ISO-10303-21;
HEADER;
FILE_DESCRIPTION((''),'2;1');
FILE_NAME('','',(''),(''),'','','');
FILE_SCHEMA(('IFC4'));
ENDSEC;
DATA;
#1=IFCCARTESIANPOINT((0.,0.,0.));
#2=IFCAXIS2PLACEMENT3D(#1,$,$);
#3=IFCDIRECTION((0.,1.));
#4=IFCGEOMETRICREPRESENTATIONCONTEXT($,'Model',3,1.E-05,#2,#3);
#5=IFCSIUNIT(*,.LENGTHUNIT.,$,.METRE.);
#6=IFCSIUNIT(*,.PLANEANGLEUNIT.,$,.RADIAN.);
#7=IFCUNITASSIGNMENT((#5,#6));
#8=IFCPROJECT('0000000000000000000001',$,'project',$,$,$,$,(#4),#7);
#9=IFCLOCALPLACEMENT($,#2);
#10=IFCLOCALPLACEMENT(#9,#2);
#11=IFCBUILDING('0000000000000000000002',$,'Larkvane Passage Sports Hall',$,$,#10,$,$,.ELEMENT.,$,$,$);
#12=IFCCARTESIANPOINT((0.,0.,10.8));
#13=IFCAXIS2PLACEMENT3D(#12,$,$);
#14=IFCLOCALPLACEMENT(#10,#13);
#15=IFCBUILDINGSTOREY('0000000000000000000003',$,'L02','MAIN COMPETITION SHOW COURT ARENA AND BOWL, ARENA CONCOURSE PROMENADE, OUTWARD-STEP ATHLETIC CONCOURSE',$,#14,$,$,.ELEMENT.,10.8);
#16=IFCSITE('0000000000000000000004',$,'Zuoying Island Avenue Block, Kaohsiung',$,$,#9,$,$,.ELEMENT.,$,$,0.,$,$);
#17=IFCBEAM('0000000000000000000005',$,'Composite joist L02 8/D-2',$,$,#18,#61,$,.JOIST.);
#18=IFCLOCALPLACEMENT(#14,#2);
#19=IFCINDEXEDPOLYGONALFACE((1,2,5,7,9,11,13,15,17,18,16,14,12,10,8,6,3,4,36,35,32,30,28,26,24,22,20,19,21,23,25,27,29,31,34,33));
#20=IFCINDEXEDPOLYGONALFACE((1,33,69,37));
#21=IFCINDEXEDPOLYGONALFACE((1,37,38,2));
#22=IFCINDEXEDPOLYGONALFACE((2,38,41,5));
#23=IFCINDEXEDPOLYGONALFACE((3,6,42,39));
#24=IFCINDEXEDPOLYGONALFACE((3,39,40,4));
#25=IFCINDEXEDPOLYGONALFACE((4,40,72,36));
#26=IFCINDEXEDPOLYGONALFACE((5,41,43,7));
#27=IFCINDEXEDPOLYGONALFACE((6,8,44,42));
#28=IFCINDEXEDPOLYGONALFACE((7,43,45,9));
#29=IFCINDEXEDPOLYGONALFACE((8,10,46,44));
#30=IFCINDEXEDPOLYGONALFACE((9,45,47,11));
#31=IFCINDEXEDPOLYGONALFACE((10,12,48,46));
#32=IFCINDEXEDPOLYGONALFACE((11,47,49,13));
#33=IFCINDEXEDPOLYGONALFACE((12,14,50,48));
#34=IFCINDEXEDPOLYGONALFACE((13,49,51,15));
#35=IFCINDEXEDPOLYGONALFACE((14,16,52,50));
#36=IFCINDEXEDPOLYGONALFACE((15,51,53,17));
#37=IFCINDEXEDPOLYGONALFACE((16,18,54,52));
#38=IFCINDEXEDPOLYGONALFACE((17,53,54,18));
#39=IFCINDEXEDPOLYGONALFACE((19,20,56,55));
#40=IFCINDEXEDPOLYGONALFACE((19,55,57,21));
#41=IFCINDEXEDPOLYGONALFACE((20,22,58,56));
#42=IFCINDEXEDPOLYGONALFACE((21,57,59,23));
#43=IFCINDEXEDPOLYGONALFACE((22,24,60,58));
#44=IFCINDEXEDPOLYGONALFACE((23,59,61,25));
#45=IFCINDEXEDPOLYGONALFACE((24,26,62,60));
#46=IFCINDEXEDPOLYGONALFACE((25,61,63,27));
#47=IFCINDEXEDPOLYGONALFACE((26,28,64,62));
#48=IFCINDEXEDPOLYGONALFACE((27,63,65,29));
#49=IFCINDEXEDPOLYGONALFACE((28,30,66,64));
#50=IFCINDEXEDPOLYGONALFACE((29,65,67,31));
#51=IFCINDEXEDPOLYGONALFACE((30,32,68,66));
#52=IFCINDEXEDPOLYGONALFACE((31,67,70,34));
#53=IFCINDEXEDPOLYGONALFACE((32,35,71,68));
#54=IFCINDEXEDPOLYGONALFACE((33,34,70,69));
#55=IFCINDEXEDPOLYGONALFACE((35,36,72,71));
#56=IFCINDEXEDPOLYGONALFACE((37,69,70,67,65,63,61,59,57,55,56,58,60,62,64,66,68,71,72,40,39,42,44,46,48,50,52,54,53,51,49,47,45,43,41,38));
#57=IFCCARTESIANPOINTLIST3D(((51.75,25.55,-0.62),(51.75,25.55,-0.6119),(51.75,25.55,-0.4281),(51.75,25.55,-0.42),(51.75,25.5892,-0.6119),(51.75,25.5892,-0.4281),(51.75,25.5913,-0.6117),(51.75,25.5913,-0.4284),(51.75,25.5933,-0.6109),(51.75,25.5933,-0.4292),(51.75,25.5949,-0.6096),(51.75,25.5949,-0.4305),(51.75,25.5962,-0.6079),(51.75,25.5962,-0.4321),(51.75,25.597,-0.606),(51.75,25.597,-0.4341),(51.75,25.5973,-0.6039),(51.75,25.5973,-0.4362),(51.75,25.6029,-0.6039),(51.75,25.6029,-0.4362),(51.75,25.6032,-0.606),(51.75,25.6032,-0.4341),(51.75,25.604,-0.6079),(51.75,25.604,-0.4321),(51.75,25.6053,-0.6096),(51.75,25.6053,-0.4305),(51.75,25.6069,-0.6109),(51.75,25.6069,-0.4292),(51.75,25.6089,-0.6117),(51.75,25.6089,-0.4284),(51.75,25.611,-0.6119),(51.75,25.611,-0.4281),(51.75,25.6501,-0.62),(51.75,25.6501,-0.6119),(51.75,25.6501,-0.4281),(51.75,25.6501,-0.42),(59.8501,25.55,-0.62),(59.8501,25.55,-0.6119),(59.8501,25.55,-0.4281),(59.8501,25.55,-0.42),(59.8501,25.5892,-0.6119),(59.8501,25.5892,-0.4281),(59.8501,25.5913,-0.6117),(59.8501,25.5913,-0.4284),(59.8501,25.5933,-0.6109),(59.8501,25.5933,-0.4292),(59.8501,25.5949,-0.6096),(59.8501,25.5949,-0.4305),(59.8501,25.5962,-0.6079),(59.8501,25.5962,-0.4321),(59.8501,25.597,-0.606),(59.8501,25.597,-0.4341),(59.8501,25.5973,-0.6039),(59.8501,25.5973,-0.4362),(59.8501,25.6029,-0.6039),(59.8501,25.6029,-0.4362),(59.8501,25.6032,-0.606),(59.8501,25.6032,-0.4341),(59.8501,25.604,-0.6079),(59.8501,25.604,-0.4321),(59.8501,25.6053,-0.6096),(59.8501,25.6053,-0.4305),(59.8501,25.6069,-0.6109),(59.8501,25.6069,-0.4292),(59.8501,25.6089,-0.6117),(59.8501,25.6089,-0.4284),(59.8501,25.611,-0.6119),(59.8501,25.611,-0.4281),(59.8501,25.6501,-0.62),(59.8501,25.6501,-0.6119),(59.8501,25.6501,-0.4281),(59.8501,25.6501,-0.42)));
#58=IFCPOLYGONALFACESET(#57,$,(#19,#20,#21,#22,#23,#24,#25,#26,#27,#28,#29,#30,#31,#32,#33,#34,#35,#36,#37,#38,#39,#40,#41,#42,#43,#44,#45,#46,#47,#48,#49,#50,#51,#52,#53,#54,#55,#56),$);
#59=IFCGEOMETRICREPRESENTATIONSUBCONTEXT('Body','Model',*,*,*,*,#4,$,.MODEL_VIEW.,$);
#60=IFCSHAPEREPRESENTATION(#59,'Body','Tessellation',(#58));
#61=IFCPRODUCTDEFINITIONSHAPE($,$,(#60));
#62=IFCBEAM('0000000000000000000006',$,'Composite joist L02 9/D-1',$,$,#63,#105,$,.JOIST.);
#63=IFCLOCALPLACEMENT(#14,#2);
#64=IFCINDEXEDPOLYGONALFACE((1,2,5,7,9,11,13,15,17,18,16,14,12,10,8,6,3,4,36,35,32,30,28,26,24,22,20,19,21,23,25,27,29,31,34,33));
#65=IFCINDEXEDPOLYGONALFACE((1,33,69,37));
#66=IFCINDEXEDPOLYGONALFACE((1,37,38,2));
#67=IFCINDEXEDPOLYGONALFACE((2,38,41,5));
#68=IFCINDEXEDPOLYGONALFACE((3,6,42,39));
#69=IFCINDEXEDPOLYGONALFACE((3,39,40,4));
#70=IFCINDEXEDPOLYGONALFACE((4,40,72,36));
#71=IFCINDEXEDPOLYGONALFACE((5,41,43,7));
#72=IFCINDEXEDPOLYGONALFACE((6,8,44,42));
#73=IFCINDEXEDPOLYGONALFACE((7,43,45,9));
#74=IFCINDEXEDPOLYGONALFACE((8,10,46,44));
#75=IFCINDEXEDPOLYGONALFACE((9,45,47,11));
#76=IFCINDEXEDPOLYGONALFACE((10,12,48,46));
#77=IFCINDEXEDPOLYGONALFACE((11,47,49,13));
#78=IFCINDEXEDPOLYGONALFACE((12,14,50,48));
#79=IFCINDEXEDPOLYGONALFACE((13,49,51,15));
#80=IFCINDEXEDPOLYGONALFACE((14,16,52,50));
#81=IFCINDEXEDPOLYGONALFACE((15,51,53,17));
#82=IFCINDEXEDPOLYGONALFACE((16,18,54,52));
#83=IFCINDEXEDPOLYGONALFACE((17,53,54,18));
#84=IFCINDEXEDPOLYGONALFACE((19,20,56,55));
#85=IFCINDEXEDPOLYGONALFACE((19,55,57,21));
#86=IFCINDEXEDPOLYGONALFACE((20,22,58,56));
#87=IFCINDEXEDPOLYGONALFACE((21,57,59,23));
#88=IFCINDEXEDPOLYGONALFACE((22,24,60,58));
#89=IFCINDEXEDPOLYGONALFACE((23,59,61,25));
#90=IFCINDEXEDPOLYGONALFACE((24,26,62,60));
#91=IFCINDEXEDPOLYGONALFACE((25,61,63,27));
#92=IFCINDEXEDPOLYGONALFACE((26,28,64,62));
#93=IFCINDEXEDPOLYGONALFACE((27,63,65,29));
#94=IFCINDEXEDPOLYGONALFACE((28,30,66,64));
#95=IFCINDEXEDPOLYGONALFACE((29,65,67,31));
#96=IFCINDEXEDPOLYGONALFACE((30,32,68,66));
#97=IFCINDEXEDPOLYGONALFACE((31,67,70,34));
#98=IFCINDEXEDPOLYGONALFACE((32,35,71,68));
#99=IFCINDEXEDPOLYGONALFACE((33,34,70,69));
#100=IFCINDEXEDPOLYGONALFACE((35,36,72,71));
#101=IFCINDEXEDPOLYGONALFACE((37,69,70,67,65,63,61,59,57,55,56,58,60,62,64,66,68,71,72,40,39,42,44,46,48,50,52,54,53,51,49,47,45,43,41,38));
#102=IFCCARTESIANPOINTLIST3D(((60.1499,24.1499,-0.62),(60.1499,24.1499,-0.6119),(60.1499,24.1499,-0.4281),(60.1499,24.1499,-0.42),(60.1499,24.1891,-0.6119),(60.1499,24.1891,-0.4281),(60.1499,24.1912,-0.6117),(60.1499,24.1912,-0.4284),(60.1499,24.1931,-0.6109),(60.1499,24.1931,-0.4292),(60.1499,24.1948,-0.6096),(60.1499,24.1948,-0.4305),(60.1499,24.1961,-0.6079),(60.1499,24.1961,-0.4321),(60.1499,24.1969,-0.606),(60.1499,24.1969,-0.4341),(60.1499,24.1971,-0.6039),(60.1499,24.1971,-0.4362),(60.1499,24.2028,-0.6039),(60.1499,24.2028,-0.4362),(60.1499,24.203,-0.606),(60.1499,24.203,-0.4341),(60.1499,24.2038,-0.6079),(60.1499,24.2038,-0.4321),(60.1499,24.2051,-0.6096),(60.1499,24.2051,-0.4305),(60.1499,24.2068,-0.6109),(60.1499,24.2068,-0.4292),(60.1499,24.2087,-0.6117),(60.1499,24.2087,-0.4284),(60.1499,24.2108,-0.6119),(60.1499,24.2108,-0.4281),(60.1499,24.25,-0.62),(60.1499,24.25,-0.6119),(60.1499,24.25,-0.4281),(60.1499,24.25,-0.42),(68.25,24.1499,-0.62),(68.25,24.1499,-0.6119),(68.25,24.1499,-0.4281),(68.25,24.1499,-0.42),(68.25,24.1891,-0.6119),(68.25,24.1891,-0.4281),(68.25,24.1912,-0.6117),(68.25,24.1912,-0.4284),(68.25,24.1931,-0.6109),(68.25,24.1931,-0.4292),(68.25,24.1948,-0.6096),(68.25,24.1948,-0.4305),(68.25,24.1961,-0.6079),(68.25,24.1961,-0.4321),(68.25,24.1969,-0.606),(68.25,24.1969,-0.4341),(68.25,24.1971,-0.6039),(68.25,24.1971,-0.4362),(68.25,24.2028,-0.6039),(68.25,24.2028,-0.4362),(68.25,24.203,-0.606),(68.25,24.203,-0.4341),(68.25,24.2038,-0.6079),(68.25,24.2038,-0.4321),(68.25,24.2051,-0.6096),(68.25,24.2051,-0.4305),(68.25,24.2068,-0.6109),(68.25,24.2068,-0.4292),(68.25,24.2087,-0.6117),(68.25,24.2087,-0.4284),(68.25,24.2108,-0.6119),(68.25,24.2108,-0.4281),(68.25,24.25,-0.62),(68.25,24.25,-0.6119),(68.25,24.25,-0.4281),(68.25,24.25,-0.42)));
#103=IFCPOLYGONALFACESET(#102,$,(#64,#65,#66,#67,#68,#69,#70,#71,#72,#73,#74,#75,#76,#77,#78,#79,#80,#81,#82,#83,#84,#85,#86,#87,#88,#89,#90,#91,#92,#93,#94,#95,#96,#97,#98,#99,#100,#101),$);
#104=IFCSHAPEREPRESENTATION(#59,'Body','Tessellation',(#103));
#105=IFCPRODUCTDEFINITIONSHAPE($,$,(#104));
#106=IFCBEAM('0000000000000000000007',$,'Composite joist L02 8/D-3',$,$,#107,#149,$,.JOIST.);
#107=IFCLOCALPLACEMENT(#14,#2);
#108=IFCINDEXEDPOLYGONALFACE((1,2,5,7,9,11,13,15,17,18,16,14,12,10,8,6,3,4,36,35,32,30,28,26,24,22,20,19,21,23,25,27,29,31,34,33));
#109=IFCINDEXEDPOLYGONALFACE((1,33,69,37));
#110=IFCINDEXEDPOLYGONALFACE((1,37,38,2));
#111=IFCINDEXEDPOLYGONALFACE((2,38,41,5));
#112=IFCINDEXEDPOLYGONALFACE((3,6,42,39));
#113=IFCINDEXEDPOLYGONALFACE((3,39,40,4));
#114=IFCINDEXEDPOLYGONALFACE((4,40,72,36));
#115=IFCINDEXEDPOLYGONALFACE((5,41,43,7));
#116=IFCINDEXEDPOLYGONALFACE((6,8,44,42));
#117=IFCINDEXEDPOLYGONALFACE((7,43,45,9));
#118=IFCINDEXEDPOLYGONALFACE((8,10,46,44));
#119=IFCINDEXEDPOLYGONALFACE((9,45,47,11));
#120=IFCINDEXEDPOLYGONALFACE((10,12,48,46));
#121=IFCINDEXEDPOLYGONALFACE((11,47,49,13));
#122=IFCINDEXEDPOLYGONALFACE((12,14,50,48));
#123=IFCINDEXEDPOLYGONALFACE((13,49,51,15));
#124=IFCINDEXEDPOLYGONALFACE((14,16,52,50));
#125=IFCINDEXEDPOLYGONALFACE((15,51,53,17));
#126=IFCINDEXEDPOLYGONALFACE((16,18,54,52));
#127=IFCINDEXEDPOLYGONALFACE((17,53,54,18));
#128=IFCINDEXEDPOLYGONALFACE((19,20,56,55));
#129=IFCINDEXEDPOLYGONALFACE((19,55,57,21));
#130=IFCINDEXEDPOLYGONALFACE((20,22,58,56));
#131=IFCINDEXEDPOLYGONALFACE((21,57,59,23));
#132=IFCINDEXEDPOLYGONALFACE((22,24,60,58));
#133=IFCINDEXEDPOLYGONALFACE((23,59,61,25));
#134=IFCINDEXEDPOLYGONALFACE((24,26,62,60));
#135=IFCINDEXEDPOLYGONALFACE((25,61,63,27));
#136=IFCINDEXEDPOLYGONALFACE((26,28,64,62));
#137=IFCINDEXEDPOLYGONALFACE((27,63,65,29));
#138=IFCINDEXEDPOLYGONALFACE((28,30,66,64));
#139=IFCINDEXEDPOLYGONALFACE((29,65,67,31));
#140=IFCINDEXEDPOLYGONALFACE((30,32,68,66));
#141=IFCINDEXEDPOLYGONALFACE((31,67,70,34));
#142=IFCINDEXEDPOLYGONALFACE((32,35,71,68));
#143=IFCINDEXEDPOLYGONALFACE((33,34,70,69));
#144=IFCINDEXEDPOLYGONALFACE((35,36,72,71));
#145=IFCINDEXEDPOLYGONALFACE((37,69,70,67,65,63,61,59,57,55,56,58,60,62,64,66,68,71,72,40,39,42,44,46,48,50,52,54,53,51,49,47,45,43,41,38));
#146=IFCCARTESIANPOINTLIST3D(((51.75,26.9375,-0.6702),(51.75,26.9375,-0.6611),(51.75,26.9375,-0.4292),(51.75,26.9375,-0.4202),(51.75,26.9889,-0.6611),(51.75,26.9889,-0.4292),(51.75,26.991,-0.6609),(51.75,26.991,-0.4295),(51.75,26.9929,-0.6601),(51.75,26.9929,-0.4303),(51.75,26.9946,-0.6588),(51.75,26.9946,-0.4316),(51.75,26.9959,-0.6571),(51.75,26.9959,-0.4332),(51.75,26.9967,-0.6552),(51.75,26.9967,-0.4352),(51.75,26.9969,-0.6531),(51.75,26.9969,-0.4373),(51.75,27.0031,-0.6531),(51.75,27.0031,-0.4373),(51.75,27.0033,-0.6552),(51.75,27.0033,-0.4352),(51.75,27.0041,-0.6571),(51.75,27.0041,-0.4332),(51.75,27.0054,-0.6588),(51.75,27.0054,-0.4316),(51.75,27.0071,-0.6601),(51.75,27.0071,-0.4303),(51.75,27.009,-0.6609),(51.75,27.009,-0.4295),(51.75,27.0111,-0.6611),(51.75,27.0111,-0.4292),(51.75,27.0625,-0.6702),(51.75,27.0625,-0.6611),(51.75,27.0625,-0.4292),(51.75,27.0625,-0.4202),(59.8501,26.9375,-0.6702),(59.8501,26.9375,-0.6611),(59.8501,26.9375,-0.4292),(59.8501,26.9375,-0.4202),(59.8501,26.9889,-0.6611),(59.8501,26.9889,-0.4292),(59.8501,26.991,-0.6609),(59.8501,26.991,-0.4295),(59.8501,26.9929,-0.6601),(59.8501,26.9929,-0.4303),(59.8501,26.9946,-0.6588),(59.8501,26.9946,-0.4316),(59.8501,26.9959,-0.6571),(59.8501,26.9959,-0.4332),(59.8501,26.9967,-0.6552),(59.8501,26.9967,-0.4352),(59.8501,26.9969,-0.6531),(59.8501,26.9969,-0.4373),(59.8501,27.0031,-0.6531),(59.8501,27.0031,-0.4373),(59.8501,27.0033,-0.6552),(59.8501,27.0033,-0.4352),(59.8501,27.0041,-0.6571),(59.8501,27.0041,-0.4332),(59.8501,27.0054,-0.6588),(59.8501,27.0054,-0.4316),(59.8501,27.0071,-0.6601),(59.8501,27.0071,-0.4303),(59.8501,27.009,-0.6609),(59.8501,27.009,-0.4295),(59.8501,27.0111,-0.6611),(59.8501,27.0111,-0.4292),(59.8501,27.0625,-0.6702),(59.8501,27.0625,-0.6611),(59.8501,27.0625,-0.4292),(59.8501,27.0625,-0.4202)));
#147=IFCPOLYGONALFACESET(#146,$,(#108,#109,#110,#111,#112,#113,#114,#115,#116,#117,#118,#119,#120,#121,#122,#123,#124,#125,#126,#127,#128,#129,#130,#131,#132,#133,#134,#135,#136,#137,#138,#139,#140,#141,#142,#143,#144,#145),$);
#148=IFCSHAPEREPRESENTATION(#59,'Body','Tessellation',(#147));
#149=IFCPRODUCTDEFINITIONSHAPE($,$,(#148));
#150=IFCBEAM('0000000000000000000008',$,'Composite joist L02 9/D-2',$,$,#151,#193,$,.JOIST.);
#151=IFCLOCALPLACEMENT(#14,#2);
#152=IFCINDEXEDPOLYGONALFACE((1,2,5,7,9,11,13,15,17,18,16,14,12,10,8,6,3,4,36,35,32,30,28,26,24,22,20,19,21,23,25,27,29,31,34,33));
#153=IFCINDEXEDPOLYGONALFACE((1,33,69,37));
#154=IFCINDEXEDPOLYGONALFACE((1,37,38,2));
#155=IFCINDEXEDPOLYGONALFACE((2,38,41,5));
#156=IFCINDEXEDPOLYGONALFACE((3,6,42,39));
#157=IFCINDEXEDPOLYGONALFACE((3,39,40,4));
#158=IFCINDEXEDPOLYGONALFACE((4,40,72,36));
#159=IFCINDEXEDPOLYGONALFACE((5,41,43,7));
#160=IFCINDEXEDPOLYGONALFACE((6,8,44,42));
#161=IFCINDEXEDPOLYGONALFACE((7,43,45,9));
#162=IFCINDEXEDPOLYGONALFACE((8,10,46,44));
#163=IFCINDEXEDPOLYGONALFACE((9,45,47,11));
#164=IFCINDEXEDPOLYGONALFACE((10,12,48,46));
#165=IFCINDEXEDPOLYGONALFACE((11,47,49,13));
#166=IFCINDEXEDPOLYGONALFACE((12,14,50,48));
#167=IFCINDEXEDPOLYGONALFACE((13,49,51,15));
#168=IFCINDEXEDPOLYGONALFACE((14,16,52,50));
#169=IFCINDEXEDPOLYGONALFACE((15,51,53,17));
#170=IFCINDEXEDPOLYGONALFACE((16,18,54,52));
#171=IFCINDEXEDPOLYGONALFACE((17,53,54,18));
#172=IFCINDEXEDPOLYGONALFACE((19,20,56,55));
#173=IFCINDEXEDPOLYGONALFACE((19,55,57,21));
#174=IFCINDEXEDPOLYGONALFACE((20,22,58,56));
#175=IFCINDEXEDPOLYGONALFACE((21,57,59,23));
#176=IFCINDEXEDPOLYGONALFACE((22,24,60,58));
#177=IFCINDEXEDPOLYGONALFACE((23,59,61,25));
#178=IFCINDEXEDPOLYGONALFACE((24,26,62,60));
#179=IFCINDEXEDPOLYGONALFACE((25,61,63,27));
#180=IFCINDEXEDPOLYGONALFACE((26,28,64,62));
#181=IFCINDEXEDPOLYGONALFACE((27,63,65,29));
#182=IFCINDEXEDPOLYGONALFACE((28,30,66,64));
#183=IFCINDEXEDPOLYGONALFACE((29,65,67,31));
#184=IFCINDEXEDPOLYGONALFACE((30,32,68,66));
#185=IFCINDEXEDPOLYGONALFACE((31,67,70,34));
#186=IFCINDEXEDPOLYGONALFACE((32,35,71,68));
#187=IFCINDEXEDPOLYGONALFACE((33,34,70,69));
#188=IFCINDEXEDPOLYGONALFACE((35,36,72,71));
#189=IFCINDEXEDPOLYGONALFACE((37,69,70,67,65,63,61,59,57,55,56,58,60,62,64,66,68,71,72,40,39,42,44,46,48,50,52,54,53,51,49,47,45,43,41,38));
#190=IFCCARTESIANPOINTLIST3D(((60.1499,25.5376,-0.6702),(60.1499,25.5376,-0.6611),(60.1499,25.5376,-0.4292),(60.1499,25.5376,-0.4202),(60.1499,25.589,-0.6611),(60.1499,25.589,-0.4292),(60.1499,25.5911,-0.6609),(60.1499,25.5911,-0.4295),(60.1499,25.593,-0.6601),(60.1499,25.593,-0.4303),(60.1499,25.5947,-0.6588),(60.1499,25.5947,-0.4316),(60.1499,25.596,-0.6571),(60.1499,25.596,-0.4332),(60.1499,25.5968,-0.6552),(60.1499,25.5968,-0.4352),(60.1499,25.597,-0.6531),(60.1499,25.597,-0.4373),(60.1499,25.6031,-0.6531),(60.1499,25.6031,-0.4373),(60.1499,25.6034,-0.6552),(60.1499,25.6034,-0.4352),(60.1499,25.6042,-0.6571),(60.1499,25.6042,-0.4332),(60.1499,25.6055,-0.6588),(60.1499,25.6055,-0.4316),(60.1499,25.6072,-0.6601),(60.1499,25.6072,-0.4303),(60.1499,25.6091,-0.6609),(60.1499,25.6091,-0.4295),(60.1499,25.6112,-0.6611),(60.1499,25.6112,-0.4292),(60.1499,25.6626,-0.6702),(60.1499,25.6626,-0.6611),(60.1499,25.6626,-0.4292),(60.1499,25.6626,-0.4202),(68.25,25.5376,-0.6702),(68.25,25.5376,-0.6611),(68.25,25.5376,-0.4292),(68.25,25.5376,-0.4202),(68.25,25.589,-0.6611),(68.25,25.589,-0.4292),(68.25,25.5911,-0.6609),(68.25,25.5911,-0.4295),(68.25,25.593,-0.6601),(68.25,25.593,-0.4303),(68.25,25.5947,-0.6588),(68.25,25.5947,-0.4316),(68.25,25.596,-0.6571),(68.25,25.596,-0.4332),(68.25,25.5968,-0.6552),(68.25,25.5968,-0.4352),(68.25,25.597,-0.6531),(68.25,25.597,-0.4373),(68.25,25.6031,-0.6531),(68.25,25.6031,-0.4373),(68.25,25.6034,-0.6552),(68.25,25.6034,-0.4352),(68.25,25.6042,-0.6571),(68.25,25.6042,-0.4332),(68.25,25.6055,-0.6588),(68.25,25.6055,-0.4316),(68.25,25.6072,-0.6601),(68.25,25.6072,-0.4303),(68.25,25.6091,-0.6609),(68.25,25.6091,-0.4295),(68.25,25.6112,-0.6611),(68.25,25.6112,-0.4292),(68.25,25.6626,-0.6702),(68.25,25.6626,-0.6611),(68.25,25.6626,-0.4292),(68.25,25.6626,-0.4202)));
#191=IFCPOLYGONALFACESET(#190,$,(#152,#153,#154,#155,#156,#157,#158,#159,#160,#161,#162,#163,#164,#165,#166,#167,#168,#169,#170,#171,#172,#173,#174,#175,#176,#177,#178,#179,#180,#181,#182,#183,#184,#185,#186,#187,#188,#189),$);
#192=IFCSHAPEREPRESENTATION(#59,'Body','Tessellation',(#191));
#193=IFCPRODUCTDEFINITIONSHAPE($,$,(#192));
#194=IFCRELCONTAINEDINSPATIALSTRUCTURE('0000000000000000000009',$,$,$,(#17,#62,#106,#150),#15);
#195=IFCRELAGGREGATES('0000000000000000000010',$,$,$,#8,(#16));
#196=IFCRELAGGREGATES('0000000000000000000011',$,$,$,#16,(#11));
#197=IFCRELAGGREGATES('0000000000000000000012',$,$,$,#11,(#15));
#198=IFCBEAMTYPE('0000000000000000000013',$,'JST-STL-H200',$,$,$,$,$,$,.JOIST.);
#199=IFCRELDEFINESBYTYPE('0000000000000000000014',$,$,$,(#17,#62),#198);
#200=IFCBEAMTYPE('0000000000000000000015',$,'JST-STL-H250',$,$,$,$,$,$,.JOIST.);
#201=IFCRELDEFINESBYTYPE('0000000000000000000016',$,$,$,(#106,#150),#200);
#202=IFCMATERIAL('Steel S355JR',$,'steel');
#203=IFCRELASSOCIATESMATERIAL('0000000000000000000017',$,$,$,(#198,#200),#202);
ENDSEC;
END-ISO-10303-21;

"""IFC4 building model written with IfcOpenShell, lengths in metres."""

from ifc_helpers import new_model, si_unit, direction, frame, origin, origin_2d, place, context, subcontext, project, spatial, i_section, extrude, material, material_profile, profile_set, type_object, element, save


model = new_model("IFC4")

# Units and contexts
model_context = context("Model", 3, precision=1e-05, world=origin(), true_north=direction((0.0, 1.0)))
body_context = subcontext(model_context, "Body", "Model", "MODEL_VIEW")
ifc_project = project(units=[si_unit("LENGTHUNIT", "METRE"), si_unit("PLANEANGLEUNIT", "RADIAN")], contexts=[model_context])

# Site, building, storey
site_placement = place(None, origin())
site = spatial("IfcSite", under=ifc_project, at=site_placement, Name="Zuoying Island Avenue Block, Kaohsiung", CompositionType="ELEMENT", RefElevation=0.0)
building_placement = place(site_placement, origin())
building = spatial("IfcBuilding", under=site, at=building_placement, Name="Larkvane Passage Sports Hall", CompositionType="ELEMENT")
storey_placement = place(building_placement, frame((0.0, 0.0, 10.8)))
storey = spatial("IfcBuildingStorey", under=building, at=storey_placement, Name="L02", Description="MAIN COMPETITION SHOW COURT ARENA AND BOWL, ARENA CONCOURSE PROMENADE, OUTWARD-STEP ATHLETIC CONCOURSE", CompositionType="ELEMENT", Elevation=10.8)

# Beams
ifc_material_1 = material(Name="Steel S355JR", Category="steel")
ifc_material_profile_1 = material_profile(ifc_material_1, i_section(OverallWidth=0.1001, OverallDepth=0.2, WebThickness=0.0056, FlangeThickness=0.0081, FilletRadius=0.0081, at=origin_2d()), Name="H-200x100x5.5x8")
ifc_profile_set_1 = profile_set([ifc_material_profile_1], Name="Steel S355JR")
beam_type_1 = type_object("IfcBeamType", Name="JST-STL-H200", PredefinedType="JOIST", material=ifc_profile_set_1)
for number, where, z_axis, x_axis, name in (
    (1, (51.75, 25.6001, -0.52), (1.0, 0.0, 0.0), (0.0, 1.0, 0.0), "Composite joist L02 8/D-2"),
    (2, (60.1499, 24.2, -0.52), (1.0, 0.0, 0.0), (0.0, 1.0, 0.0), "Composite joist L02 9/D-1"),
):
    element("IfcBeam", number, at=place(storey_placement, frame(where, z_axis=z_axis, x_axis=x_axis)), inside=storey, type_object=beam_type_1, Name=name, PredefinedType="JOIST", context=body_context, shape_type="SweptSolid", body=[
        extrude(i_section(OverallWidth=0.1001, OverallDepth=0.2, WebThickness=0.0056, FlangeThickness=0.0081, FilletRadius=0.0081, at=origin_2d()), origin(), (0.0, 0.0, 1.0), 8.1001),
    ])
ifc_material_profile_2 = material_profile(ifc_material_1, i_section(OverallWidth=0.125, OverallDepth=0.25, WebThickness=0.0061, FlangeThickness=0.009, FilletRadius=0.0081, at=origin_2d()), Name="H-250x125x6x9")
ifc_profile_set_2 = profile_set([ifc_material_profile_2], Name="Steel S355JR")
beam_type_2 = type_object("IfcBeamType", Name="JST-STL-H250", PredefinedType="JOIST", material=ifc_profile_set_2)
for number, where, z_axis, x_axis, name in (
    (3, (51.75, 27.0, -0.5452), (1.0, 0.0, 0.0), (0.0, 1.0, 0.0), "Composite joist L02 8/D-3"),
    (4, (60.1499, 25.6001, -0.5452), (1.0, 0.0, 0.0), (0.0, 1.0, 0.0), "Composite joist L02 9/D-2"),
):
    element("IfcBeam", number, at=place(storey_placement, frame(where, z_axis=z_axis, x_axis=x_axis)), inside=storey, type_object=beam_type_2, Name=name, PredefinedType="JOIST", context=body_context, shape_type="SweptSolid", body=[
        extrude(i_section(OverallWidth=0.125, OverallDepth=0.25, WebThickness=0.0061, FlangeThickness=0.009, FilletRadius=0.0081, at=origin_2d()), origin(), (0.0, 0.0, 1.0), 8.1001),
    ])

save(model, "model.ifc")
